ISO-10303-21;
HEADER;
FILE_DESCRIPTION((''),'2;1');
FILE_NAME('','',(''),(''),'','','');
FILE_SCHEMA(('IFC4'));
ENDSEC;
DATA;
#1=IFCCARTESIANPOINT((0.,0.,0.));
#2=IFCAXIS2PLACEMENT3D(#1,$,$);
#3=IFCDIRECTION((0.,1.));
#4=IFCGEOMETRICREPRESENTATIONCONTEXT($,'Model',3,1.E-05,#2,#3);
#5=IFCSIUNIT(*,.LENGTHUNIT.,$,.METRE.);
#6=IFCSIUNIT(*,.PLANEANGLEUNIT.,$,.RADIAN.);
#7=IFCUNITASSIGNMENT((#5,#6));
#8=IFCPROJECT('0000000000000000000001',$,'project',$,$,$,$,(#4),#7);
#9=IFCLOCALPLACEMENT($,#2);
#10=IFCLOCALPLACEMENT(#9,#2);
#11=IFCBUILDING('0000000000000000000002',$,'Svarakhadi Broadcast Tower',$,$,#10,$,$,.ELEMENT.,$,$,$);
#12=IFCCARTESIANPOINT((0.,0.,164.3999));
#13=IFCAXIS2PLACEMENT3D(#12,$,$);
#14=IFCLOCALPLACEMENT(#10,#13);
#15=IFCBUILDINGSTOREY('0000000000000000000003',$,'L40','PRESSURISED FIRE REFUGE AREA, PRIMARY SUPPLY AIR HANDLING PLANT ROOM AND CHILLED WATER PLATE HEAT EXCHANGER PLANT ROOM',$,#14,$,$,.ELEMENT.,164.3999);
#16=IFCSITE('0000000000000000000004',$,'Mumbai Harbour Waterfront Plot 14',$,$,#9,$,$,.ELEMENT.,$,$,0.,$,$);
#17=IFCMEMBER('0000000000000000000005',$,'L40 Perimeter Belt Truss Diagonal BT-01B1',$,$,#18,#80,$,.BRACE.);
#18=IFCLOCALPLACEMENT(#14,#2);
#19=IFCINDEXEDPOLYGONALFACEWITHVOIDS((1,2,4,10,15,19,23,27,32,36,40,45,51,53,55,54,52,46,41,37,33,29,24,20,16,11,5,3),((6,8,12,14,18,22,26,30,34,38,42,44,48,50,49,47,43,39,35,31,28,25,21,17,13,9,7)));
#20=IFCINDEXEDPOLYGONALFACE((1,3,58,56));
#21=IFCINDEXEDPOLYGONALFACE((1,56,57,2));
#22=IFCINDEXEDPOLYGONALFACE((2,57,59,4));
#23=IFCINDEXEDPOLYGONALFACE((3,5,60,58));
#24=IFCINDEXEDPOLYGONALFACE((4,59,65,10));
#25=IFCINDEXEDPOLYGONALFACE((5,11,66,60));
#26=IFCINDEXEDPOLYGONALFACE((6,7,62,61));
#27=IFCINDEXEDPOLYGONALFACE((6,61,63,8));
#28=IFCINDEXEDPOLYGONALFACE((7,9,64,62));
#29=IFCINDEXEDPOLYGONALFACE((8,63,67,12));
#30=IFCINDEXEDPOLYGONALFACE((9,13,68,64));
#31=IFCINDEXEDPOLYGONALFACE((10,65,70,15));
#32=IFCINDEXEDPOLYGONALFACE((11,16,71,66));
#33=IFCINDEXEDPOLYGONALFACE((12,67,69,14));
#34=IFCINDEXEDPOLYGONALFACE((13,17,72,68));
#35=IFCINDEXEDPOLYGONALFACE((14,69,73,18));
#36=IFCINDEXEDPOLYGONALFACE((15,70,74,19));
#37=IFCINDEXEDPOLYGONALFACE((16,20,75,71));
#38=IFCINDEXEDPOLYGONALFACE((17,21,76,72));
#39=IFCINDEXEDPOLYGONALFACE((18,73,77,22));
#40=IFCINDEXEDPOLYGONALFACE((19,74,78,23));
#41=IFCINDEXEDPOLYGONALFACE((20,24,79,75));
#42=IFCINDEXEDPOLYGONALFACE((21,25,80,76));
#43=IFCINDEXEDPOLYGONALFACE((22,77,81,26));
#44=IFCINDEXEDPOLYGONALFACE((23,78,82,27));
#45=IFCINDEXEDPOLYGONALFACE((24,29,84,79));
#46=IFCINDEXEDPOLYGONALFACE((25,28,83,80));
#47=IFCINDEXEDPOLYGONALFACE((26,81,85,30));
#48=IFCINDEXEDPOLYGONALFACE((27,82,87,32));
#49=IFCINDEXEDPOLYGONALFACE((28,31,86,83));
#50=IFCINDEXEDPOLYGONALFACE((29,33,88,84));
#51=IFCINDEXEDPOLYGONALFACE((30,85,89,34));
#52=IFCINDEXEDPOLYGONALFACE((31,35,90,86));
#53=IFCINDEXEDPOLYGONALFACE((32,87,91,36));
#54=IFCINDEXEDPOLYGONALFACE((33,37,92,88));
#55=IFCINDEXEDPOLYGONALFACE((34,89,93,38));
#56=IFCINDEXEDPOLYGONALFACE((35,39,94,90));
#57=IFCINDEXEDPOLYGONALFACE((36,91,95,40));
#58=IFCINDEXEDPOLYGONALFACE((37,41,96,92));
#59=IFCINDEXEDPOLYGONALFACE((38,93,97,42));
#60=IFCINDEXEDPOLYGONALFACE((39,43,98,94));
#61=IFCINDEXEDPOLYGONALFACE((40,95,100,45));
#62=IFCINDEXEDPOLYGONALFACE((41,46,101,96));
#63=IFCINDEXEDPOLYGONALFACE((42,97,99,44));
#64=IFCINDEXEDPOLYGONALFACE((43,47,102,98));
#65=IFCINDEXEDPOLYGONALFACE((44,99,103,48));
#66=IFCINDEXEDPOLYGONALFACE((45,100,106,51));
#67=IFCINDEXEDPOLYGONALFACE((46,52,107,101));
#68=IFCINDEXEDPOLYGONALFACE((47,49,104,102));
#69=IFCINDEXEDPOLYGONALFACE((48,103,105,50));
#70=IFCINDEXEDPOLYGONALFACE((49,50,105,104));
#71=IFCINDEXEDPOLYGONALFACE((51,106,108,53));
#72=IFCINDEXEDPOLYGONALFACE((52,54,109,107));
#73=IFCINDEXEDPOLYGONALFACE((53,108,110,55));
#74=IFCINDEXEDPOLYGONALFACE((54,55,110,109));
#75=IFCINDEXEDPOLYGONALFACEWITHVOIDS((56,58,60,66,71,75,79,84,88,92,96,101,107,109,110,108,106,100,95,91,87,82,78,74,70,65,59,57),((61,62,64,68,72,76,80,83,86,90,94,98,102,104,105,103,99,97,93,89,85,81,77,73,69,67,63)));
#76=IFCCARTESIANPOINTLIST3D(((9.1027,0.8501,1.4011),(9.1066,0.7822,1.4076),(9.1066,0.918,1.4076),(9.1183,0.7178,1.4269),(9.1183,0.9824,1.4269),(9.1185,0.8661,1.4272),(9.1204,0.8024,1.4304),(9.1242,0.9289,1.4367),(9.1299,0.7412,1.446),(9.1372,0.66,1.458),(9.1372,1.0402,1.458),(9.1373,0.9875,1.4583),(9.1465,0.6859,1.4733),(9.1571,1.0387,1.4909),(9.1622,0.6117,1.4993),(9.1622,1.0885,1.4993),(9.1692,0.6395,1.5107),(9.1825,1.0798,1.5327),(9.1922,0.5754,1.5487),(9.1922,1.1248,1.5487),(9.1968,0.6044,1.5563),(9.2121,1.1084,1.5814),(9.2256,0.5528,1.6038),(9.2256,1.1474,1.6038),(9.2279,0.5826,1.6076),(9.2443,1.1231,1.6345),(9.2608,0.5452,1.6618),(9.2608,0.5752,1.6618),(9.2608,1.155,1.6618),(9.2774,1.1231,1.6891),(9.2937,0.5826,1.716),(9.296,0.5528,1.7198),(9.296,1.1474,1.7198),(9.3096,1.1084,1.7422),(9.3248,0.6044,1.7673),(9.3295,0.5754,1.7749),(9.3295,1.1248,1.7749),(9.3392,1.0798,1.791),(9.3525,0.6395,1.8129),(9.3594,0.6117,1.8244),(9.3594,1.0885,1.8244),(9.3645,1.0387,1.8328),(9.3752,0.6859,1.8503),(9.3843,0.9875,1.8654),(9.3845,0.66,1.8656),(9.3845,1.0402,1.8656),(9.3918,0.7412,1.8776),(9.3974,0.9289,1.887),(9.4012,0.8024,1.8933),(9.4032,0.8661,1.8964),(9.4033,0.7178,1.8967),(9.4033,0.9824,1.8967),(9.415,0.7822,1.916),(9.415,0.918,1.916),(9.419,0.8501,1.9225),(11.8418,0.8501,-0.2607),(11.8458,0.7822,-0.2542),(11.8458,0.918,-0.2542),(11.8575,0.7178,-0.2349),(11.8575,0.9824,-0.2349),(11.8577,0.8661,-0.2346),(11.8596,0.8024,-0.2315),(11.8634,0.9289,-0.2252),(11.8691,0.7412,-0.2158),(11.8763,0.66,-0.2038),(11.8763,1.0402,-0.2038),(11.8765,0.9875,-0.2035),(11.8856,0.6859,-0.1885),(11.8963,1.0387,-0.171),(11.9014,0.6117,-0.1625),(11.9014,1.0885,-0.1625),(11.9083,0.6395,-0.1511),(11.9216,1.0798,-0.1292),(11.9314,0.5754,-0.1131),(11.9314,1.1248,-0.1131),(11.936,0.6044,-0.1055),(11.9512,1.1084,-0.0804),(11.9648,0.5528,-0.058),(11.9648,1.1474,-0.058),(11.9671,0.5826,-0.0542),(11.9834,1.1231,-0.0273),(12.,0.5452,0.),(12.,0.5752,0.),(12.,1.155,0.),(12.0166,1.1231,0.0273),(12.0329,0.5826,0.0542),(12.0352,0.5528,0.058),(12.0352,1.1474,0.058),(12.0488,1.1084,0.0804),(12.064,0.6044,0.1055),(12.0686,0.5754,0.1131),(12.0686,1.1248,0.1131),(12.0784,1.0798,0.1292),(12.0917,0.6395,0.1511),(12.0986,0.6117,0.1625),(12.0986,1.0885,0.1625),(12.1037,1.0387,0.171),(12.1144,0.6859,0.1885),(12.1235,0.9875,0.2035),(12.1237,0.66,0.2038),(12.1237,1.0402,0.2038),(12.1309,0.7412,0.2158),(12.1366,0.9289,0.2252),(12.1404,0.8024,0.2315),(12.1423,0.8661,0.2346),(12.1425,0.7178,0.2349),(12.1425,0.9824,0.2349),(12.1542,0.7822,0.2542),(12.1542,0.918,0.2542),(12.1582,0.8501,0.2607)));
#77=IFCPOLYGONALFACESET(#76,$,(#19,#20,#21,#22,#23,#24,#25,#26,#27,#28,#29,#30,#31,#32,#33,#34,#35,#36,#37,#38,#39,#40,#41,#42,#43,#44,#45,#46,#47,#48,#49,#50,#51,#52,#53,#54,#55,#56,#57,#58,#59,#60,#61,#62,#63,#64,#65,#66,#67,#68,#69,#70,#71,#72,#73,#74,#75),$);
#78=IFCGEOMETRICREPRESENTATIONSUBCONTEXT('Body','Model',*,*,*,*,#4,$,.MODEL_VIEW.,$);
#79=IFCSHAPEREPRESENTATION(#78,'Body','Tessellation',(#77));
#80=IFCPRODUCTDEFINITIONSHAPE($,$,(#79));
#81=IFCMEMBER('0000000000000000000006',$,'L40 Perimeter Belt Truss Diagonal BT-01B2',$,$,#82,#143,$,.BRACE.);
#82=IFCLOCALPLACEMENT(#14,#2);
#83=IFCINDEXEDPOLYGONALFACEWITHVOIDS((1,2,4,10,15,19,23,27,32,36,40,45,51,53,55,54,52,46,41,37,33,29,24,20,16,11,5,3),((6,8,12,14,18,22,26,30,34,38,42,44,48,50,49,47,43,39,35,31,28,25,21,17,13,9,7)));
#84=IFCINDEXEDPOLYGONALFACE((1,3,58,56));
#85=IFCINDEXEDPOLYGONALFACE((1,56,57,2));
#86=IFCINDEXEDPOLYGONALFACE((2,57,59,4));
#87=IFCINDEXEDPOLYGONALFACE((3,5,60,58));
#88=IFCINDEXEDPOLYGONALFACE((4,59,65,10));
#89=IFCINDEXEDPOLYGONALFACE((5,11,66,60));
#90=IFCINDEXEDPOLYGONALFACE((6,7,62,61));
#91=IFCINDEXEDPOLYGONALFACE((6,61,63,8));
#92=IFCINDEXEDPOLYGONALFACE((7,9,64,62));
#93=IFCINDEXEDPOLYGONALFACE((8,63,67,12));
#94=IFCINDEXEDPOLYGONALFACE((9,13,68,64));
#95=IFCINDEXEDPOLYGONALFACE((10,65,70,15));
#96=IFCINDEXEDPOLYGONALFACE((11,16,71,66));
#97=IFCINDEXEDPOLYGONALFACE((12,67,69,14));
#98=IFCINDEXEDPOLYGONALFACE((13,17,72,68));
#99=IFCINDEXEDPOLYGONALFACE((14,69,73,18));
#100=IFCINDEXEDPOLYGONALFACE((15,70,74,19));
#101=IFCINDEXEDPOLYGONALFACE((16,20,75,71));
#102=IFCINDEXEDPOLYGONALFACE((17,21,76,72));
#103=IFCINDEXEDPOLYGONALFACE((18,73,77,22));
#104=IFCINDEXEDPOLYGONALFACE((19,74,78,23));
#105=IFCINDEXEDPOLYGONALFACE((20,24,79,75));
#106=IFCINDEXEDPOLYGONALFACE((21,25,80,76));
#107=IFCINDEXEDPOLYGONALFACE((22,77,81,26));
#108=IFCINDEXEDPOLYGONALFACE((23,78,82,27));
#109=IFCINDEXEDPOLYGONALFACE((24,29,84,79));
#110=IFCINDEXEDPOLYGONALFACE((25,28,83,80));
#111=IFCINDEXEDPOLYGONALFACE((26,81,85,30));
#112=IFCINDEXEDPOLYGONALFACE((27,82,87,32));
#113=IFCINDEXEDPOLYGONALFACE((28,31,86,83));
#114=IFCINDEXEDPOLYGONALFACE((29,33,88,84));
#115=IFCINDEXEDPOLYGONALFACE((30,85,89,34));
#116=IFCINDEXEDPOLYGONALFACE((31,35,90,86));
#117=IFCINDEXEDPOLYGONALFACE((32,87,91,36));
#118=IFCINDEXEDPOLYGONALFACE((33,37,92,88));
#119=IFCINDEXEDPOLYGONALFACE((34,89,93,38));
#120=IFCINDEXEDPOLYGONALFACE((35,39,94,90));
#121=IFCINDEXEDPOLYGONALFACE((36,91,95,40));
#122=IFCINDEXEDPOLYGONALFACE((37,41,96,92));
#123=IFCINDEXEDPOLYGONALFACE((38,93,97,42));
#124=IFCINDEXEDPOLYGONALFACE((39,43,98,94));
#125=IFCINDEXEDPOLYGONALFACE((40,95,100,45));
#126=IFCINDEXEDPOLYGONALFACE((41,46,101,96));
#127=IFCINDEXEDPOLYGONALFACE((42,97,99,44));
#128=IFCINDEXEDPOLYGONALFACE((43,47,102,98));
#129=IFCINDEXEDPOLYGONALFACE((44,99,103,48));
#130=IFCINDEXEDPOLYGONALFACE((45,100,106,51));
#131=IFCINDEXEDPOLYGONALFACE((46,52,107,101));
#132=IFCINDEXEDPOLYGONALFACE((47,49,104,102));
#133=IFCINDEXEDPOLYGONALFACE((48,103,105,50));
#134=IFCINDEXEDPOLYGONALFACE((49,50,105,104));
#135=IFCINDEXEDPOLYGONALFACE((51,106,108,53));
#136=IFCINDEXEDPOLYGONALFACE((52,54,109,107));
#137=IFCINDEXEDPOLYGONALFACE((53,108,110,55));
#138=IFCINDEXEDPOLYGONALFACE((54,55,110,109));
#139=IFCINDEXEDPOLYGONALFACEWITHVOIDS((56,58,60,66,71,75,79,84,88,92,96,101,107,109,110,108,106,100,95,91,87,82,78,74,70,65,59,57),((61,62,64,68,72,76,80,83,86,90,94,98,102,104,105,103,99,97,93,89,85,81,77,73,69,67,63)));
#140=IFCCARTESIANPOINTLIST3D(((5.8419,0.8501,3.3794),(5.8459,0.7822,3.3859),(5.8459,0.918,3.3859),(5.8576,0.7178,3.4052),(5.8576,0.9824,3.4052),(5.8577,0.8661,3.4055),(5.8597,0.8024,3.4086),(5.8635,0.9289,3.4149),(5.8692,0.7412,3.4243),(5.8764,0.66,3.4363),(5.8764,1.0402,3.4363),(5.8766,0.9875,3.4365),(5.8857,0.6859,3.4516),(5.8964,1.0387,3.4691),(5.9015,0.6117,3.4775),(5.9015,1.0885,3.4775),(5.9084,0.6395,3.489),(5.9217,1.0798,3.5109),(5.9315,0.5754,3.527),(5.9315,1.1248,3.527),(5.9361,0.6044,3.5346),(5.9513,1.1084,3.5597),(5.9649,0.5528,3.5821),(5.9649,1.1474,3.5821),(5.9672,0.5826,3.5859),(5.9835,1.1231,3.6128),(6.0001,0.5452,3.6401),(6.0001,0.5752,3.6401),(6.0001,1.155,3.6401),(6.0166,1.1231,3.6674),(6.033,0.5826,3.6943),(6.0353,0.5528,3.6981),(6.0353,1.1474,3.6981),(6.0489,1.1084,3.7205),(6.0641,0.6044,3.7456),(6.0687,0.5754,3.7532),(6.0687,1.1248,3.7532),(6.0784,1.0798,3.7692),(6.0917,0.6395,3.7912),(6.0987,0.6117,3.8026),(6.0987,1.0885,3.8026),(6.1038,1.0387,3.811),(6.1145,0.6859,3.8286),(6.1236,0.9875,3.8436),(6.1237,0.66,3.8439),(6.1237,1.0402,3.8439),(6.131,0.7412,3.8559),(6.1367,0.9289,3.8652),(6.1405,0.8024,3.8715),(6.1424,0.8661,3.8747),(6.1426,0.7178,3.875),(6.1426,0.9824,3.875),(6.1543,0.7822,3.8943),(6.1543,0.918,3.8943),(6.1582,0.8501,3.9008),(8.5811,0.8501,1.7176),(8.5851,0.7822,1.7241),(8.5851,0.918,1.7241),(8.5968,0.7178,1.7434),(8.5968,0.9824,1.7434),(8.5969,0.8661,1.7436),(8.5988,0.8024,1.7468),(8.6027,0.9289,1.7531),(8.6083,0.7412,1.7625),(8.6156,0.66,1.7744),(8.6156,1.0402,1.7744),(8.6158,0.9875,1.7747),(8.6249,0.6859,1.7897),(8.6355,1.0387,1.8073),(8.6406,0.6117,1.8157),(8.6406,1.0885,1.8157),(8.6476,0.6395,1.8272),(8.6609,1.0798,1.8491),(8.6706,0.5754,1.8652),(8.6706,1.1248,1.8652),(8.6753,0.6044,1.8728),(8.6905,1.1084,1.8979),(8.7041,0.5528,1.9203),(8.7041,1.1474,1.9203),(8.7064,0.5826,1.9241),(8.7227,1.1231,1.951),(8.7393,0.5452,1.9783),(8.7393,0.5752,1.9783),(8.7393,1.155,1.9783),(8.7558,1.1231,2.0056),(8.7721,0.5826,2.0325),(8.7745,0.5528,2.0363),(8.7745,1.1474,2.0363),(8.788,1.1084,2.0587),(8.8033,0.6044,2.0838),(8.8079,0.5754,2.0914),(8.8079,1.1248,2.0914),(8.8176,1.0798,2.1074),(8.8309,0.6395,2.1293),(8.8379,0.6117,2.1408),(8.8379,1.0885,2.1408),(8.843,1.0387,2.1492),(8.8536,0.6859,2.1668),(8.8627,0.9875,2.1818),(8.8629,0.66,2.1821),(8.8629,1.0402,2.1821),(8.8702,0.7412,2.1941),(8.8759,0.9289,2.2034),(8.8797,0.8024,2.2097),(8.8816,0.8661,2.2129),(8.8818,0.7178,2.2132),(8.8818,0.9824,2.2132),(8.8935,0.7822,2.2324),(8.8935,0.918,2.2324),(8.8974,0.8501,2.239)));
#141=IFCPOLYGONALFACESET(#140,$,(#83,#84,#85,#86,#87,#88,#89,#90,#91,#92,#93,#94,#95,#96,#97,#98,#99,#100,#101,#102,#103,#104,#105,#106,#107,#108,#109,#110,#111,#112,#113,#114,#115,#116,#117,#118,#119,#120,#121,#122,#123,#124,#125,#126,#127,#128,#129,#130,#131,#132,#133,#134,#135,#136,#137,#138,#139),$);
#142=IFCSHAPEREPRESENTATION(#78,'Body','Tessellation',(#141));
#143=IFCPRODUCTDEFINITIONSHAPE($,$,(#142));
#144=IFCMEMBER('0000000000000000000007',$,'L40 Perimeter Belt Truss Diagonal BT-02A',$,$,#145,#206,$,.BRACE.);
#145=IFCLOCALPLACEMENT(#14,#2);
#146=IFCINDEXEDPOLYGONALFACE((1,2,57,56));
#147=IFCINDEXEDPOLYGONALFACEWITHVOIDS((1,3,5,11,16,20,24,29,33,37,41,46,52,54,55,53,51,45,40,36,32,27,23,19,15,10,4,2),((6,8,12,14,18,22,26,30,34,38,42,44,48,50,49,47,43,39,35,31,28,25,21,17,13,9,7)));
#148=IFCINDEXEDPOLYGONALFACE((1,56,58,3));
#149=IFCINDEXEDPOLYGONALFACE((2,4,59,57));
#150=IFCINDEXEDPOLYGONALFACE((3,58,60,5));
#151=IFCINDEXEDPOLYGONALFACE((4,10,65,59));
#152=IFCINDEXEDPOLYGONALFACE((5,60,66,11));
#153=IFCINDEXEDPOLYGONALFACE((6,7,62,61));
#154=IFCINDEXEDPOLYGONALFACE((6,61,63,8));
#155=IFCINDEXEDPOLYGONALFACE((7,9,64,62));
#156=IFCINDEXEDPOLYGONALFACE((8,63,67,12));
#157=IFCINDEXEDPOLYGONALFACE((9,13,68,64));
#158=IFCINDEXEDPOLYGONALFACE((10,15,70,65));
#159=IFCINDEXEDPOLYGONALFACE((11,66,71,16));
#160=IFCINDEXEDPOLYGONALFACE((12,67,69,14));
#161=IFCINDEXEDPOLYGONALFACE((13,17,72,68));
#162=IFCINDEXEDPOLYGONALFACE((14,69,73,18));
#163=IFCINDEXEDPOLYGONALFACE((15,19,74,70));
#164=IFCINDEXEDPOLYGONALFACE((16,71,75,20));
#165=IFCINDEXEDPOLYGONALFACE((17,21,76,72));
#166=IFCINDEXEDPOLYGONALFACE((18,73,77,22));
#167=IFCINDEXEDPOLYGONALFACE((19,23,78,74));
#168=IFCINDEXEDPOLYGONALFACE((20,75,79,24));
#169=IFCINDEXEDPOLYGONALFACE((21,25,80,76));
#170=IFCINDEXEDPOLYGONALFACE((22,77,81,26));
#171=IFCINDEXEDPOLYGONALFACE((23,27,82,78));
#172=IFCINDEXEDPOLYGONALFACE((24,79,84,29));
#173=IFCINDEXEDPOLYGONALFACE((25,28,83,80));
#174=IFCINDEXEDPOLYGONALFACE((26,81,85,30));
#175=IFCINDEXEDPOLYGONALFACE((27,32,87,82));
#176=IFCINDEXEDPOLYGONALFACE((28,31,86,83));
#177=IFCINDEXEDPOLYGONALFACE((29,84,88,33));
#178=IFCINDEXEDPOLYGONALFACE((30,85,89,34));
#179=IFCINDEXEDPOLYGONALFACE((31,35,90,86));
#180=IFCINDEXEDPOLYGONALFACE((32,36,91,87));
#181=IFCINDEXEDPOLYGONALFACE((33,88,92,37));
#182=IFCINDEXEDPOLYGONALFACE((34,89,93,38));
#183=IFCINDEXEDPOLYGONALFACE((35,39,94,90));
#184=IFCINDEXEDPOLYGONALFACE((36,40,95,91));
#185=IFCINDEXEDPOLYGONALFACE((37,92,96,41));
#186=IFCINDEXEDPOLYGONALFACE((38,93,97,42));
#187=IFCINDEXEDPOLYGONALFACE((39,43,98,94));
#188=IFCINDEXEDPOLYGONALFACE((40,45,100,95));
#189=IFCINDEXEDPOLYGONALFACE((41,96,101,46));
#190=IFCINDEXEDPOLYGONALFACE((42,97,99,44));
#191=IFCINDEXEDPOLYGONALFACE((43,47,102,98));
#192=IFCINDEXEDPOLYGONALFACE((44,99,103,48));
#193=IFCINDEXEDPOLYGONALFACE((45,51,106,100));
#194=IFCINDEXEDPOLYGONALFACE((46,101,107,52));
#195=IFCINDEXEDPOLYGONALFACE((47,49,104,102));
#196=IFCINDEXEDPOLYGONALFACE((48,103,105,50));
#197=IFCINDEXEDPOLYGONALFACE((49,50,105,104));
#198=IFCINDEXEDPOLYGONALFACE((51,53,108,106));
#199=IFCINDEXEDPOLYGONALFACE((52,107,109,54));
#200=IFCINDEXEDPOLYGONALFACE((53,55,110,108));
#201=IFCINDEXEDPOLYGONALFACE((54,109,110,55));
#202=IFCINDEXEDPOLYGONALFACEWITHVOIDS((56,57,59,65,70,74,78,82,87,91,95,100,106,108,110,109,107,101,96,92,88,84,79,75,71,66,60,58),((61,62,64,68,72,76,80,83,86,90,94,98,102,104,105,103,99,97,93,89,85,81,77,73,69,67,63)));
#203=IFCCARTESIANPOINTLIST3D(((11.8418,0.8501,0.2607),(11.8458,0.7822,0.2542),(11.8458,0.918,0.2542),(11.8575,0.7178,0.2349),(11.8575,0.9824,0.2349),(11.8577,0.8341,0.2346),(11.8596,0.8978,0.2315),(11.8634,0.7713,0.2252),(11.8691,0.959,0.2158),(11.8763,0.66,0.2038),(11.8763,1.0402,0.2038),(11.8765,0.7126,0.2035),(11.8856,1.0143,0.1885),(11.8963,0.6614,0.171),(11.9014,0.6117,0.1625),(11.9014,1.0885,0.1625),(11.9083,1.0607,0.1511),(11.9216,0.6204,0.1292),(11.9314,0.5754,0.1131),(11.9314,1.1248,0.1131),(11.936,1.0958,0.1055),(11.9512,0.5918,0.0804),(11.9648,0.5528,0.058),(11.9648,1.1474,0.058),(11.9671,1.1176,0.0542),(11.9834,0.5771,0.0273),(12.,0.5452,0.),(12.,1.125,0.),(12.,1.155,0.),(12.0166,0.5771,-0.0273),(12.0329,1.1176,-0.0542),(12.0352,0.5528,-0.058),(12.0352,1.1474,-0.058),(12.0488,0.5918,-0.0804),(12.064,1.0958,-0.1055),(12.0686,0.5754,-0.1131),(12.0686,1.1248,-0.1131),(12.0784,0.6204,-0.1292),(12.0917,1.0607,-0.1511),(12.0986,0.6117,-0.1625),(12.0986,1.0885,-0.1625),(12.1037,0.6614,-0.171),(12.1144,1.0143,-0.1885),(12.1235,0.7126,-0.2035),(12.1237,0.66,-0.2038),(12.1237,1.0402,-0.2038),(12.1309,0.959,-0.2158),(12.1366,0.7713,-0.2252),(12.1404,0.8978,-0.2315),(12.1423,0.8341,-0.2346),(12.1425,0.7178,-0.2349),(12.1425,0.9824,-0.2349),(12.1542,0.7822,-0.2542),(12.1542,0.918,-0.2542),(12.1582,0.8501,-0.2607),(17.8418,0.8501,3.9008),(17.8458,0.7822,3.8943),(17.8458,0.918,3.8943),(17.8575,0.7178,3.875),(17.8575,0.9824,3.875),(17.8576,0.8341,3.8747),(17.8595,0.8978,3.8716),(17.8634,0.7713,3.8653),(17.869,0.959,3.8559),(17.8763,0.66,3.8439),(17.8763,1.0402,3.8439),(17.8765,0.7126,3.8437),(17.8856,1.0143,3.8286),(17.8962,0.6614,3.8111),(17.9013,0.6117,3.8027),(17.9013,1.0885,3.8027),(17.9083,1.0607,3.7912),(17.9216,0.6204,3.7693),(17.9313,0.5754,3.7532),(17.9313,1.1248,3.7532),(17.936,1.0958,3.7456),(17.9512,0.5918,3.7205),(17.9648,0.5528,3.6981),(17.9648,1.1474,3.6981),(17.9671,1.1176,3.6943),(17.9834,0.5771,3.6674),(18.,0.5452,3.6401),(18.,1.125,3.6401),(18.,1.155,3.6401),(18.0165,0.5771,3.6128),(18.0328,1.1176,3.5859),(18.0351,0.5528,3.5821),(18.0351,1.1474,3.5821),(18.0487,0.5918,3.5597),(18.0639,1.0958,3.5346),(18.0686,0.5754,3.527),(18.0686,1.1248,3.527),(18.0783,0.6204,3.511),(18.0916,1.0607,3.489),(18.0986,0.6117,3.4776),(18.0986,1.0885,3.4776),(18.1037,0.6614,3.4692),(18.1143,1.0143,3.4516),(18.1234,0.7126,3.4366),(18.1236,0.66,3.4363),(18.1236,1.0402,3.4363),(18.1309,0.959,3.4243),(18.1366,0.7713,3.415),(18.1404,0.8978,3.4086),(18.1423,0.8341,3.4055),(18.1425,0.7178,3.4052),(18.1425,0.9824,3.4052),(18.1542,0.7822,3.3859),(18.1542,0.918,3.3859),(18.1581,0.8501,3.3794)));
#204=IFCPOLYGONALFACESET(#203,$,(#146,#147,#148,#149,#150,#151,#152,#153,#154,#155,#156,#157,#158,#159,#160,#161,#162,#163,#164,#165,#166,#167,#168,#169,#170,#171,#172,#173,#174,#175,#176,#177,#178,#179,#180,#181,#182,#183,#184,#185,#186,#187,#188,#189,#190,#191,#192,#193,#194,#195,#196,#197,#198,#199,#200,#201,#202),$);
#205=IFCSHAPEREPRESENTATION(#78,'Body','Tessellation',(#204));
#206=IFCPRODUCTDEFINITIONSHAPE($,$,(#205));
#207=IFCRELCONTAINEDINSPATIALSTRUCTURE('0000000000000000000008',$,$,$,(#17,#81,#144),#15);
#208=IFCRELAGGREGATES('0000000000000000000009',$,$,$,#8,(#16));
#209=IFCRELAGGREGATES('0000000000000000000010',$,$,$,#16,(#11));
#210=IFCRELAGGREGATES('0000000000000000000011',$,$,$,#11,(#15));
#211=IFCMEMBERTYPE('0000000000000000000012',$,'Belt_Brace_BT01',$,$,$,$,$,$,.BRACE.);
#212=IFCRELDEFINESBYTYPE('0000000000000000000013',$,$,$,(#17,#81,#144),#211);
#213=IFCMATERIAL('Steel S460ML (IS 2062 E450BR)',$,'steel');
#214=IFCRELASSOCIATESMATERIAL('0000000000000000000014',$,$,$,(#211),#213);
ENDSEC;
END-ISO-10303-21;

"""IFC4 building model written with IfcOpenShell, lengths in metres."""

from ifc_helpers import new_model, si_unit, direction, frame, origin, origin_2d, place, context, subcontext, project, spatial, hollow_circle, extrude, material, material_profile, profile_set, type_object, element, save


model = new_model("IFC4")

# Units and contexts
model_context = context("Model", 3, precision=1e-05, world=origin(), true_north=direction((0.0, 1.0)))
body_context = subcontext(model_context, "Body", "Model", "MODEL_VIEW")
ifc_project = project(units=[si_unit("LENGTHUNIT", "METRE"), si_unit("PLANEANGLEUNIT", "RADIAN")], contexts=[model_context])

# Site, building, storey
site_placement = place(None, origin())
site = spatial("IfcSite", under=ifc_project, at=site_placement, Name="Mumbai Harbour Waterfront Plot 14", CompositionType="ELEMENT", RefElevation=0.0)
building_placement = place(site_placement, origin())
building = spatial("IfcBuilding", under=site, at=building_placement, Name="Svarakhadi Broadcast Tower", CompositionType="ELEMENT")
storey_placement = place(building_placement, frame((0.0, 0.0, 164.3999)))
storey = spatial("IfcBuildingStorey", under=building, at=storey_placement, Name="L40", Description="PRESSURISED FIRE REFUGE AREA, PRIMARY SUPPLY AIR HANDLING PLANT ROOM AND CHILLED WATER PLATE HEAT EXCHANGER PLANT ROOM", CompositionType="ELEMENT", Elevation=164.3999)

# Shared definitions
ifc_material_1 = material(Name="Steel S460ML (IS 2062 E450BR)", Category="steel")

# Members
ifc_material_profile_1 = material_profile(ifc_material_1, hollow_circle(Radius=0.3049, WallThickness=0.03, at=origin_2d()), Name="CHS 610x30")
ifc_profile_set_1 = profile_set([ifc_material_profile_1], Name="Steel S460ML (IS 2062 E450BR)")
member_type_1 = type_object("IfcMemberType", Name="Belt_Brace_BT01", PredefinedType="BRACE", material=ifc_profile_set_1)
for number, where, z_axis, x_axis, name in (
    (1, (12.0, 0.8501, 0.0), (-0.854961, 0.0, 0.518692), (0.0, -1.0, 0.0), "L40 Perimeter Belt Truss Diagonal BT-01B1"),
    (2, (8.7393, 0.8501, 1.9783), (-0.854961, 0.0, 0.518692), (0.0, -1.0, 0.0), "L40 Perimeter Belt Truss Diagonal BT-01B2"),
):
    element("IfcMember", number, at=place(storey_placement, frame(where, z_axis=z_axis, x_axis=x_axis)), inside=storey, type_object=member_type_1, Name=name, PredefinedType="BRACE", context=body_context, shape_type="SweptSolid", body=[
        extrude(hollow_circle(Radius=0.3049, WallThickness=0.03, at=origin_2d()), origin(), (0.0, 0.0, 1.0), 3.2039),
    ])
member_1_placement = place(storey_placement, frame((12.0, 0.8501, 0.0), z_axis=(0.854959, 0.0, 0.518695), x_axis=(0.0, 1.0, 0.0)))
element("IfcMember", 3, at=member_1_placement, inside=storey, type_object=member_type_1, Name="L40 Perimeter Belt Truss Diagonal BT-02A", PredefinedType="BRACE", context=body_context, shape_type="SweptSolid", body=[
    extrude(hollow_circle(Radius=0.3049, WallThickness=0.03, at=origin_2d()), origin(), (0.0, 0.0, 1.0), 7.0178),
])

save(model, "model.ifc")
